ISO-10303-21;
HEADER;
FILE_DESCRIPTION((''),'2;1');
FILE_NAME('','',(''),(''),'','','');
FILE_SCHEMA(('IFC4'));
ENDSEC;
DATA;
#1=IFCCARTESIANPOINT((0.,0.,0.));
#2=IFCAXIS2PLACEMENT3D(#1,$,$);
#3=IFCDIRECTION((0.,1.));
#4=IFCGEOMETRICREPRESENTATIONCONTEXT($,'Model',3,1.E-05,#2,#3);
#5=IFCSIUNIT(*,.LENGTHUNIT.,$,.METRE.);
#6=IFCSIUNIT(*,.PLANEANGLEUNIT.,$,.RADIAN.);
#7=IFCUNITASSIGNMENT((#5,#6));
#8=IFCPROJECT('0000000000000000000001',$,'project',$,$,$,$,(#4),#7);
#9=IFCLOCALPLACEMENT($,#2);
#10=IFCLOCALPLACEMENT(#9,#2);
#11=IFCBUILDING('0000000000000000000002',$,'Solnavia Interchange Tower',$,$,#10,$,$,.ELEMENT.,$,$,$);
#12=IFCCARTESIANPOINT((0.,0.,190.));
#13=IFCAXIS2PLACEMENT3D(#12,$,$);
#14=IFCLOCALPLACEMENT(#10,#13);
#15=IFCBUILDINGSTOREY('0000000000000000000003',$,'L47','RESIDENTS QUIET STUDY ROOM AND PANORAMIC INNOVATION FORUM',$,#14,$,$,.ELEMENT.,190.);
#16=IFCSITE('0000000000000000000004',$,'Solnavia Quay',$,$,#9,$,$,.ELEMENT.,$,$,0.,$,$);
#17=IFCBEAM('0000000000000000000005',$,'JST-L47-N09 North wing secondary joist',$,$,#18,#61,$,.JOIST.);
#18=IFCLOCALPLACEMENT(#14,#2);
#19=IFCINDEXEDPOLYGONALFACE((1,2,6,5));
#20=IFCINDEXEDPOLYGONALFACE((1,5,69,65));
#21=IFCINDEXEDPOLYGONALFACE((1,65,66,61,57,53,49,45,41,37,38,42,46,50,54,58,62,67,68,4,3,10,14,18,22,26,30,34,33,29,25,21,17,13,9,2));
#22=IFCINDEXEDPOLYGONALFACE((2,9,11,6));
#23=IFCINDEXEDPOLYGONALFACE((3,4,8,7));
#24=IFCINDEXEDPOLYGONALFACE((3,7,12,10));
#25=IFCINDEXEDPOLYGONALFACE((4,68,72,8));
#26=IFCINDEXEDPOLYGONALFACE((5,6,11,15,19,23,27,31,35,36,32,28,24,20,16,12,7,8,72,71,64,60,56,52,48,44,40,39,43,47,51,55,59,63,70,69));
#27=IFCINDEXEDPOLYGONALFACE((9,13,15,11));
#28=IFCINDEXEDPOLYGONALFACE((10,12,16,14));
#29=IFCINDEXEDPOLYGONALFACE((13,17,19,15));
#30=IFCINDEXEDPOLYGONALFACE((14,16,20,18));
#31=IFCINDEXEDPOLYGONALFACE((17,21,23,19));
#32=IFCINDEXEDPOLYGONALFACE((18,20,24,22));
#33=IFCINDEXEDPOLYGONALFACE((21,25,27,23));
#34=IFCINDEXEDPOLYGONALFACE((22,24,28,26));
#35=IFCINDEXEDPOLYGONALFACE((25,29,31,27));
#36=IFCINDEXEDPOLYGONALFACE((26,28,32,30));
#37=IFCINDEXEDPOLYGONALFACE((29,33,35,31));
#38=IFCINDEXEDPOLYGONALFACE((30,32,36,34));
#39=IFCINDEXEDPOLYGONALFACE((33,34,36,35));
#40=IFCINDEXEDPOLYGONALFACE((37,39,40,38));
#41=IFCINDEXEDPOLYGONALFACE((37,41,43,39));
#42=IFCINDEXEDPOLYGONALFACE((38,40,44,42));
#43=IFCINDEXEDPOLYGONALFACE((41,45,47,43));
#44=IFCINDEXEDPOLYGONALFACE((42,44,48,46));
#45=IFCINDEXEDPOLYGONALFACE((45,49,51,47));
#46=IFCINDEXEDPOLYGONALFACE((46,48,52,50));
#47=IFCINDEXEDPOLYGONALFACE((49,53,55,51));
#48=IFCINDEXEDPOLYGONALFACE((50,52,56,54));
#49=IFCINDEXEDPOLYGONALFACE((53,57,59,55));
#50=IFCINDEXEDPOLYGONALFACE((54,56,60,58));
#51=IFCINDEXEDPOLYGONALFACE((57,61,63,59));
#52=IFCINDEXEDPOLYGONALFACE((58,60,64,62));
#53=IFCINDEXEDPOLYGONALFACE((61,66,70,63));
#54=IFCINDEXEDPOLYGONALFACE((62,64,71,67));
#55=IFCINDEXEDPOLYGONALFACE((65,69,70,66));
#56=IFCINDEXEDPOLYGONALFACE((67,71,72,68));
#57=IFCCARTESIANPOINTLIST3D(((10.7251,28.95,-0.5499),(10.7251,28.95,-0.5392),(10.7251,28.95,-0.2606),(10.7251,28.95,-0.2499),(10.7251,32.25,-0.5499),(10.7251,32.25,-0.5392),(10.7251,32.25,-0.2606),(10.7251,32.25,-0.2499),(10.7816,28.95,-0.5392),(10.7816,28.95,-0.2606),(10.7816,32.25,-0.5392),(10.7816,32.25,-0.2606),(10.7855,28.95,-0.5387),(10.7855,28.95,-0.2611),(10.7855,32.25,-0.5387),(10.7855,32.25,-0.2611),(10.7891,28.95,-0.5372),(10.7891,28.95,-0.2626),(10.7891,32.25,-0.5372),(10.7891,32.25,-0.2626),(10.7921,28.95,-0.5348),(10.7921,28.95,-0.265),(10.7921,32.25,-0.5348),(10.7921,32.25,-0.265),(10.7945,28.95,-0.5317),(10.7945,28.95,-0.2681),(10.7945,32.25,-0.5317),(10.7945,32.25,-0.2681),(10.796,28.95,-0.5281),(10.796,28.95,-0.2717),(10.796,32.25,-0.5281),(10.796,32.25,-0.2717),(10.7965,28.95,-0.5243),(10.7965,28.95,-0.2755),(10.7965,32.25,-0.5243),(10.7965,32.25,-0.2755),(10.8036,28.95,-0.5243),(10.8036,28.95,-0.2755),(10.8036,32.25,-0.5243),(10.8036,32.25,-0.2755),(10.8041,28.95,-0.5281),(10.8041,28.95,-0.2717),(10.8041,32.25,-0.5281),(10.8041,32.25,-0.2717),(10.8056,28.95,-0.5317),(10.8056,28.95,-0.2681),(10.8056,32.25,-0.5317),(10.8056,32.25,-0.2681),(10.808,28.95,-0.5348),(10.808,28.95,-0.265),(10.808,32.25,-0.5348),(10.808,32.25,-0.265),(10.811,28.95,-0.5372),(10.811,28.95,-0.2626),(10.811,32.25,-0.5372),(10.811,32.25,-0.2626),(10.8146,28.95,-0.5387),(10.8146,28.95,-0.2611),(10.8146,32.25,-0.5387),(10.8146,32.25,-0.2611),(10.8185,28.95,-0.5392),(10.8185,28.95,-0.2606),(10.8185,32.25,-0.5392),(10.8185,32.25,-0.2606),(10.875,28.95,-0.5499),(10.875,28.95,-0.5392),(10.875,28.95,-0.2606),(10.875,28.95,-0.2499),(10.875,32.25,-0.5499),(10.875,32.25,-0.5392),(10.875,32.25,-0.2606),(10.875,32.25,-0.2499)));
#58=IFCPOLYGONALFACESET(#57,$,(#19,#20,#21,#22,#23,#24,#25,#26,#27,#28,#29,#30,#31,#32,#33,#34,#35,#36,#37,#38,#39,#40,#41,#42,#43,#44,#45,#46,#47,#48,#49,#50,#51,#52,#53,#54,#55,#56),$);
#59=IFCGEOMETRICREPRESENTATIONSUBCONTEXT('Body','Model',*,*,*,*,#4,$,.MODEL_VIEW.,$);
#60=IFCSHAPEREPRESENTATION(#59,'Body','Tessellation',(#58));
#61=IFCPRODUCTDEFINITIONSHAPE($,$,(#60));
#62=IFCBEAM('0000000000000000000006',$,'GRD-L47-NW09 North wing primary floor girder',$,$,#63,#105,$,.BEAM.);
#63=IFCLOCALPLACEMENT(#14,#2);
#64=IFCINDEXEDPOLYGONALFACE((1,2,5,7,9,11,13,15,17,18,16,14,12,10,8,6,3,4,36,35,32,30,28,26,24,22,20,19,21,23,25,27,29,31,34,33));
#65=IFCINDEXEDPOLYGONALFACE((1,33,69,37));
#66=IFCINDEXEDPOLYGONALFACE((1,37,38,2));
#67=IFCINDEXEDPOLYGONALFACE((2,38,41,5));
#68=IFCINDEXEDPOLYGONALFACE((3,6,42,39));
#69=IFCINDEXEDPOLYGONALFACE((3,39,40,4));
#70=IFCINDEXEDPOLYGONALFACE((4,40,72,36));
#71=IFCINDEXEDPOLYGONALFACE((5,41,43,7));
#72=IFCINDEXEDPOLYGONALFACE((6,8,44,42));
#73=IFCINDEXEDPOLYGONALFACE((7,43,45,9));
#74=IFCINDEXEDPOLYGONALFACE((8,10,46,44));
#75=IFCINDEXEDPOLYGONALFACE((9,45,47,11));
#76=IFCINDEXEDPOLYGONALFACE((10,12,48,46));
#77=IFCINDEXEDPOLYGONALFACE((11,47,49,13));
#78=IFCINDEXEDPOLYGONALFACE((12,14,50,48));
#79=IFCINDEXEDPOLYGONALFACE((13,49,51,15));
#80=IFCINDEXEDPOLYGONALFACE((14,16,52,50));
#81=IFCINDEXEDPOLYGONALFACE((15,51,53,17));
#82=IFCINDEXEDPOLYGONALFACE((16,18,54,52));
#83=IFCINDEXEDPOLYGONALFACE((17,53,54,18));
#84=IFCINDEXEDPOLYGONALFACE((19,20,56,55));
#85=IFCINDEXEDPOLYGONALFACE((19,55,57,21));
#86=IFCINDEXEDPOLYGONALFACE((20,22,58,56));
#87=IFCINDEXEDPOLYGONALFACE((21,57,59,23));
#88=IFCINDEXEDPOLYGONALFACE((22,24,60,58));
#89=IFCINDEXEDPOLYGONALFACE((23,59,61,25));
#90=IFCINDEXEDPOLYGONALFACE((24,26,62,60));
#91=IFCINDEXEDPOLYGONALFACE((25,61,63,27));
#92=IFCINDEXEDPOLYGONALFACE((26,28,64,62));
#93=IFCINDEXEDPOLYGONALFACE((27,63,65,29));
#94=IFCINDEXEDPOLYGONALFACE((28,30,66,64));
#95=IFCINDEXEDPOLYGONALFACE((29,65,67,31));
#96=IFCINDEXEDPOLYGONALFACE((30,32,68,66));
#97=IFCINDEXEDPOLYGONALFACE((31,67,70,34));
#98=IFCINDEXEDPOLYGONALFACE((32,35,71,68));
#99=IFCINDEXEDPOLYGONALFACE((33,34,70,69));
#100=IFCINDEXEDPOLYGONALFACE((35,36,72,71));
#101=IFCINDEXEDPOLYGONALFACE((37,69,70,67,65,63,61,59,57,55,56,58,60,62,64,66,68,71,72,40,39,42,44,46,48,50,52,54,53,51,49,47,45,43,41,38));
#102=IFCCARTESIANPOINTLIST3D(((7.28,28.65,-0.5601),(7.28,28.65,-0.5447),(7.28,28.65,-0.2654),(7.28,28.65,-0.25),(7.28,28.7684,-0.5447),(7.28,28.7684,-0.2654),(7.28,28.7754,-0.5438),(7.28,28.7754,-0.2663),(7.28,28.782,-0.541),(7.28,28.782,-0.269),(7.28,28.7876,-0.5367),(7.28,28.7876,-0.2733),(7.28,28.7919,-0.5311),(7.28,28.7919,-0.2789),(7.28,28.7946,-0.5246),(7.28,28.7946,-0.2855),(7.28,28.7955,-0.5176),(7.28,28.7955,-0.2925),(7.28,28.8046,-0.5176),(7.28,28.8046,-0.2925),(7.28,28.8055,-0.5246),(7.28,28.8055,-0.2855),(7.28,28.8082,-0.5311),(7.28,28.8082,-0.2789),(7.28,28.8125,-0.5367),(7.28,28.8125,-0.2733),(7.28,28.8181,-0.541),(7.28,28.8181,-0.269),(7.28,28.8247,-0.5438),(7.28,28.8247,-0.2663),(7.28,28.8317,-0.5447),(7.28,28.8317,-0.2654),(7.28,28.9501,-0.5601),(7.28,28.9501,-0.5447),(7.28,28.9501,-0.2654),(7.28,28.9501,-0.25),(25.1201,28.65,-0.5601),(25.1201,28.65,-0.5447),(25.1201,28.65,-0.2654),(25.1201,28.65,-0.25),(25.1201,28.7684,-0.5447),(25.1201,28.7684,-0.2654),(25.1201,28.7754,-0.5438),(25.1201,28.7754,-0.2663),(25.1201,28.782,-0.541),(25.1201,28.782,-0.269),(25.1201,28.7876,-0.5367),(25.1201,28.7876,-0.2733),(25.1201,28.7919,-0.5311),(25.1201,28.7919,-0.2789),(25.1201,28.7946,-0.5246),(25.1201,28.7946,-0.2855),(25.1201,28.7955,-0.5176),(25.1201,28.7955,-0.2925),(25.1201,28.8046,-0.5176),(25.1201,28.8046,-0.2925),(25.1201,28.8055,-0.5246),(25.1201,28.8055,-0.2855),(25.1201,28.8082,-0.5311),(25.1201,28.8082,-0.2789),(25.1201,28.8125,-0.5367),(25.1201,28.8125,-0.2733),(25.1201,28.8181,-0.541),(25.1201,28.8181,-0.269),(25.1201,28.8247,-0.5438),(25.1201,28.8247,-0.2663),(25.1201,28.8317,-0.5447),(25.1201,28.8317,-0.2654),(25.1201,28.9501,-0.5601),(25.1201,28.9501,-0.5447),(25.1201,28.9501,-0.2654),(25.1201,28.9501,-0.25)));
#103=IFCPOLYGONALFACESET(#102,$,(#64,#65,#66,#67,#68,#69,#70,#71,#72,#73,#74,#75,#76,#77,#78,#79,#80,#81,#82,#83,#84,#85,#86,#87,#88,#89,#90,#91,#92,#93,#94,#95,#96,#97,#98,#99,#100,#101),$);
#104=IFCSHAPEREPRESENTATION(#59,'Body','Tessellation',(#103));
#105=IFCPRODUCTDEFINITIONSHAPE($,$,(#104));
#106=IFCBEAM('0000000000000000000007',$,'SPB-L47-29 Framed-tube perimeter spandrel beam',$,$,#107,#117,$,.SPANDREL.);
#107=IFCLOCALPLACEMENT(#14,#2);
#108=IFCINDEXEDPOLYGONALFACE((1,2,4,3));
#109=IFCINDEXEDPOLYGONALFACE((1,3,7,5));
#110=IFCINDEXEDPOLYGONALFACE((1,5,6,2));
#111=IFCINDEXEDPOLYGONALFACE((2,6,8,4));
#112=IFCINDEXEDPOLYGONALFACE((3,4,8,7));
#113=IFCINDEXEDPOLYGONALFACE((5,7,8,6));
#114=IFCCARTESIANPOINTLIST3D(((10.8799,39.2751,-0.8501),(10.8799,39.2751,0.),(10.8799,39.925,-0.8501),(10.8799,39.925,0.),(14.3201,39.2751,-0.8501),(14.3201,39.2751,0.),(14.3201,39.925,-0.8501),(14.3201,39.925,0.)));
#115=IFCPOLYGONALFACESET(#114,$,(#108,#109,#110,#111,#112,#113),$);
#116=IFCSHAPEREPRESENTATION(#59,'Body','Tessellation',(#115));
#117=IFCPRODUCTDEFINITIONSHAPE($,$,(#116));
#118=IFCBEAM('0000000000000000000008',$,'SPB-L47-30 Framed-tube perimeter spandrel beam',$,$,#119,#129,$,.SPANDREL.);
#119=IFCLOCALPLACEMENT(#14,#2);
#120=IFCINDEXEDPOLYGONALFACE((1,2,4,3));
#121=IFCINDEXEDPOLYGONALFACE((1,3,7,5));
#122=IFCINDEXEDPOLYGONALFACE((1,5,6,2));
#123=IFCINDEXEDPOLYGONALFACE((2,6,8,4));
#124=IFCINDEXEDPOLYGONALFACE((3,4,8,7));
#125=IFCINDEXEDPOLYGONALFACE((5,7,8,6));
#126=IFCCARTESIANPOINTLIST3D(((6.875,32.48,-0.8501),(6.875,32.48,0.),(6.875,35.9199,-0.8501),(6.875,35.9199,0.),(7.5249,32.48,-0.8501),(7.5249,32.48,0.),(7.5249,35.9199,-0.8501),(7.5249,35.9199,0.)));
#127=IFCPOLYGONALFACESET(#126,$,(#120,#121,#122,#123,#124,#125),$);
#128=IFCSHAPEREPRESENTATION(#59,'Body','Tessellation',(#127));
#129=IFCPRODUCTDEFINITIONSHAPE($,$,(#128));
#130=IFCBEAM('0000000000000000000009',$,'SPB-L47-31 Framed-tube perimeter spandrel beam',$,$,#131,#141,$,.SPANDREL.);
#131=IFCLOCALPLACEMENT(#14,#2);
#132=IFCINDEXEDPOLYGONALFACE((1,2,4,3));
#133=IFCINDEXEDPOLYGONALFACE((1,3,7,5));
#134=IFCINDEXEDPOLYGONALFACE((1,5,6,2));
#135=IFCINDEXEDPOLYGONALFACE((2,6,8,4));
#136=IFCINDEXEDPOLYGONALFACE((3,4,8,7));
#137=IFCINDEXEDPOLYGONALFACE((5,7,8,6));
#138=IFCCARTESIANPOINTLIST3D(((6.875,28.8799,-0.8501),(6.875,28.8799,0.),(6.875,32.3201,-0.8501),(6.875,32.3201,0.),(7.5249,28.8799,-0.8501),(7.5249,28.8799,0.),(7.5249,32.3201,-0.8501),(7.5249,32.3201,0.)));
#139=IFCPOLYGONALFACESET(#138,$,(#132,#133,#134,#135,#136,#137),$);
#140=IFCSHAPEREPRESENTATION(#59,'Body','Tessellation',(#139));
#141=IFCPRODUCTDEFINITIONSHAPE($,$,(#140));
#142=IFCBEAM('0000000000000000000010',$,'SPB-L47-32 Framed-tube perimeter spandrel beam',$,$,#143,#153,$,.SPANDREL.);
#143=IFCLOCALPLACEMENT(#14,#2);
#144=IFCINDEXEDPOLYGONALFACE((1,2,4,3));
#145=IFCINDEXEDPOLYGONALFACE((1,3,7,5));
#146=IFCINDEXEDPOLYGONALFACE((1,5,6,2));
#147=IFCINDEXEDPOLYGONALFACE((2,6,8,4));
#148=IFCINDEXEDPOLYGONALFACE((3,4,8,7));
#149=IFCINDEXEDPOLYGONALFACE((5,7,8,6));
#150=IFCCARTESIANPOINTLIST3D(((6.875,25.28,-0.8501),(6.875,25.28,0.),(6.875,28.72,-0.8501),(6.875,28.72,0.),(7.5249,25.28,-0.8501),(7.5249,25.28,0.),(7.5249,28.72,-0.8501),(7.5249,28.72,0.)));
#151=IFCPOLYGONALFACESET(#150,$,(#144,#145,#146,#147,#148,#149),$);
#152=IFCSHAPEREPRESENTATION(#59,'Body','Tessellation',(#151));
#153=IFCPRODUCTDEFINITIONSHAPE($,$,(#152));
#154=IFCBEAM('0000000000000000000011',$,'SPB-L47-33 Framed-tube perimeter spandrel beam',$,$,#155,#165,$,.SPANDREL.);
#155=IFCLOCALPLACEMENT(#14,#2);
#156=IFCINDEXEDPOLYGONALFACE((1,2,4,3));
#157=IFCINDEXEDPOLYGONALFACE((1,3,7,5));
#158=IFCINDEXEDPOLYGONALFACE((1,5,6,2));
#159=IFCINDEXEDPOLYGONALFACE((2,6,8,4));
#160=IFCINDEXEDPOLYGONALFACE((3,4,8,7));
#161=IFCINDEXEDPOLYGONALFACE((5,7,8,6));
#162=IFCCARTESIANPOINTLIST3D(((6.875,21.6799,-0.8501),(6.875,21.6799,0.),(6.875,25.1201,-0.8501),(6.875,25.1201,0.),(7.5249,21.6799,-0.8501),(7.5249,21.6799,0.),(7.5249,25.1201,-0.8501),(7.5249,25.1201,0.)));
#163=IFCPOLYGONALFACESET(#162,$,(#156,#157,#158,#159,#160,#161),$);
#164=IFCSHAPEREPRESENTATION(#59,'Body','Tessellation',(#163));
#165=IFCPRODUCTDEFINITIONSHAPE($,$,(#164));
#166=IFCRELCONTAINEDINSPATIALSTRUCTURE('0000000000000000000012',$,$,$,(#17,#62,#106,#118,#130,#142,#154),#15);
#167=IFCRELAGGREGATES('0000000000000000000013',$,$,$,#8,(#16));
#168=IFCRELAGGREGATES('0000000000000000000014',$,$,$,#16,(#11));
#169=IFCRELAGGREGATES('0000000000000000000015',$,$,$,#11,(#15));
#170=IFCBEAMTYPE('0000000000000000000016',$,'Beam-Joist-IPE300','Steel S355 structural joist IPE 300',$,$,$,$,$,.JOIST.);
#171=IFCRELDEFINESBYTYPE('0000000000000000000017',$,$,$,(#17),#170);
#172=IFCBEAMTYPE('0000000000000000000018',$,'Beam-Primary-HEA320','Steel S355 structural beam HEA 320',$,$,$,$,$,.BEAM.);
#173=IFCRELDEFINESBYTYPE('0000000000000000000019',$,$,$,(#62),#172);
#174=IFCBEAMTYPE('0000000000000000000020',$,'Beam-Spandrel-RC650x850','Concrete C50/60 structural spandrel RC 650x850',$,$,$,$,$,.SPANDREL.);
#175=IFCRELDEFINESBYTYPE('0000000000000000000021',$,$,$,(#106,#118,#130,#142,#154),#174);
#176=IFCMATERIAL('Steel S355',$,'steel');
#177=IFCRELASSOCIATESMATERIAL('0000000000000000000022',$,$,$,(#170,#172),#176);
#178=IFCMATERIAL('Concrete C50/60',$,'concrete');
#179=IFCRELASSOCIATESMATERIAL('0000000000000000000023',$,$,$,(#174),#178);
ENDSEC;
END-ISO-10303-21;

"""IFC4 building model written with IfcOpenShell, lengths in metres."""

from ifc_helpers import new_model, si_unit, direction, frame, origin, origin_2d, place, context, subcontext, project, spatial, rectangle, i_section, extrude, material, material_profile, profile_set, type_object, element, save


model = new_model("IFC4")

# Units and contexts
model_context = context("Model", 3, precision=1e-05, world=origin(), true_north=direction((0.0, 1.0)))
body_context = subcontext(model_context, "Body", "Model", "MODEL_VIEW")
ifc_project = project(units=[si_unit("LENGTHUNIT", "METRE"), si_unit("PLANEANGLEUNIT", "RADIAN")], contexts=[model_context])

# Site, building, storey
site_placement = place(None, origin())
site = spatial("IfcSite", under=ifc_project, at=site_placement, Name="Solnavia Quay", CompositionType="ELEMENT", RefElevation=0.0)
building_placement = place(site_placement, origin())
building = spatial("IfcBuilding", under=site, at=building_placement, Name="Solnavia Interchange Tower", CompositionType="ELEMENT")
storey_placement = place(building_placement, frame((0.0, 0.0, 190.0)))
storey = spatial("IfcBuildingStorey", under=building, at=storey_placement, Name="L47", Description="RESIDENTS QUIET STUDY ROOM AND PANORAMIC INNOVATION FORUM", CompositionType="ELEMENT", Elevation=190.0)

# Shared definitions
ifc_material_1 = material(Name="Concrete C50/60", Category="concrete")

# Beams
ifc_material_2 = material(Name="Steel S355", Category="steel")
ifc_material_profile_1 = material_profile(ifc_material_2, i_section(OverallWidth=0.1499, OverallDepth=0.3, WebThickness=0.0071, FlangeThickness=0.0107, FilletRadius=0.0149, at=origin_2d()), Name="IPE 300")
ifc_profile_set_1 = profile_set([ifc_material_profile_1], Name="Steel S355")
beam_type_1 = type_object("IfcBeamType", Name="Beam-Joist-IPE300", Description="Steel S355 structural joist IPE 300", PredefinedType="JOIST", material=ifc_profile_set_1)
beam_1_placement = place(storey_placement, frame((10.8, 28.95, -0.3999), z_axis=(0.0, 1.0, 0.0), x_axis=(-1.0, 0.0, 0.0)))
element("IfcBeam", 1, at=beam_1_placement, inside=storey, type_object=beam_type_1, Name="JST-L47-N09 North wing secondary joist", PredefinedType="JOIST", context=body_context, shape_type="SweptSolid", body=[
    extrude(i_section(OverallWidth=0.1499, OverallDepth=0.3, WebThickness=0.0071, FlangeThickness=0.0107, FilletRadius=0.0149, at=origin_2d()), origin(), (0.0, 0.0, 1.0), 3.3),
])
ifc_material_profile_2 = material_profile(ifc_material_2, i_section(OverallWidth=0.3, OverallDepth=0.3101, WebThickness=0.009, FlangeThickness=0.0154, FilletRadius=0.0271, at=origin_2d()), Name="HEA 320")
ifc_profile_set_2 = profile_set([ifc_material_profile_2], Name="Steel S355")
beam_type_2 = type_object("IfcBeamType", Name="Beam-Primary-HEA320", Description="Steel S355 structural beam HEA 320", PredefinedType="BEAM", material=ifc_profile_set_2)
beam_2_placement = place(storey_placement, frame((7.28, 28.8, -0.405), z_axis=(1.0, 0.0, 0.0), x_axis=(0.0, 1.0, 0.0)))
element("IfcBeam", 2, at=beam_2_placement, inside=storey, type_object=beam_type_2, Name="GRD-L47-NW09 North wing primary floor girder", PredefinedType="BEAM", context=body_context, shape_type="SweptSolid", body=[
    extrude(i_section(OverallWidth=0.3, OverallDepth=0.3101, WebThickness=0.009, FlangeThickness=0.0154, FilletRadius=0.0271, at=origin_2d()), origin(), (0.0, 0.0, 1.0), 17.8401),
])
ifc_material_profile_3 = material_profile(ifc_material_1, rectangle(XDim=0.6499, YDim=0.8501, at=origin_2d()), Name="RC 650x850")
ifc_profile_set_3 = profile_set([ifc_material_profile_3], Name="Concrete C50/60")
beam_type_3 = type_object("IfcBeamType", Name="Beam-Spandrel-RC650x850", Description="Concrete C50/60 structural spandrel RC 650x850", PredefinedType="SPANDREL", material=ifc_profile_set_3)
beam_3_placement = place(storey_placement, frame((14.3201, 39.6001, -0.425), z_axis=(-1.0, 0.0, 0.0), x_axis=(0.0, -1.0, 0.0)))
element("IfcBeam", 3, at=beam_3_placement, inside=storey, type_object=beam_type_3, Name="SPB-L47-29 Framed-tube perimeter spandrel beam", PredefinedType="SPANDREL", context=body_context, shape_type="SweptSolid", body=[
    extrude(rectangle(XDim=0.6499, YDim=0.8501, at=origin_2d()), origin(), (0.0, 0.0, 1.0), 3.4402),
])
beam_4_placement = place(storey_placement, frame((7.2, 35.9199, -0.425), z_axis=(0.0, -1.0, 0.0), x_axis=(1.0, 0.0, 0.0)))
element("IfcBeam", 4, at=beam_4_placement, inside=storey, type_object=beam_type_3, Name="SPB-L47-30 Framed-tube perimeter spandrel beam", PredefinedType="SPANDREL", context=body_context, shape_type="SweptSolid", body=[
    extrude(rectangle(XDim=0.6499, YDim=0.8501, at=origin_2d()), origin(), (0.0, 0.0, 1.0), 3.4399),
])
beam_5_placement = place(storey_placement, frame((7.2, 32.3201, -0.425), z_axis=(0.0, -1.0, 0.0), x_axis=(1.0, 0.0, 0.0)))
element("IfcBeam", 5, at=beam_5_placement, inside=storey, type_object=beam_type_3, Name="SPB-L47-31 Framed-tube perimeter spandrel beam", PredefinedType="SPANDREL", context=body_context, shape_type="SweptSolid", body=[
    extrude(rectangle(XDim=0.6499, YDim=0.8501, at=origin_2d()), origin(), (0.0, 0.0, 1.0), 3.4402),
])
beam_6_placement = place(storey_placement, frame((7.2, 28.72, -0.425), z_axis=(0.0, -1.0, 0.0), x_axis=(1.0, 0.0, 0.0)))
element("IfcBeam", 6, at=beam_6_placement, inside=storey, type_object=beam_type_3, Name="SPB-L47-32 Framed-tube perimeter spandrel beam", PredefinedType="SPANDREL", context=body_context, shape_type="SweptSolid", body=[
    extrude(rectangle(XDim=0.6499, YDim=0.8501, at=origin_2d()), origin(), (0.0, 0.0, 1.0), 3.4399),
])
beam_7_placement = place(storey_placement, frame((7.2, 25.1201, -0.425), z_axis=(0.0, -1.0, 0.0), x_axis=(1.0, 0.0, 0.0)))
element("IfcBeam", 7, at=beam_7_placement, inside=storey, type_object=beam_type_3, Name="SPB-L47-33 Framed-tube perimeter spandrel beam", PredefinedType="SPANDREL", context=body_context, shape_type="SweptSolid", body=[
    extrude(rectangle(XDim=0.6499, YDim=0.8501, at=origin_2d()), origin(), (0.0, 0.0, 1.0), 3.4402),
])

save(model, "model.ifc")
